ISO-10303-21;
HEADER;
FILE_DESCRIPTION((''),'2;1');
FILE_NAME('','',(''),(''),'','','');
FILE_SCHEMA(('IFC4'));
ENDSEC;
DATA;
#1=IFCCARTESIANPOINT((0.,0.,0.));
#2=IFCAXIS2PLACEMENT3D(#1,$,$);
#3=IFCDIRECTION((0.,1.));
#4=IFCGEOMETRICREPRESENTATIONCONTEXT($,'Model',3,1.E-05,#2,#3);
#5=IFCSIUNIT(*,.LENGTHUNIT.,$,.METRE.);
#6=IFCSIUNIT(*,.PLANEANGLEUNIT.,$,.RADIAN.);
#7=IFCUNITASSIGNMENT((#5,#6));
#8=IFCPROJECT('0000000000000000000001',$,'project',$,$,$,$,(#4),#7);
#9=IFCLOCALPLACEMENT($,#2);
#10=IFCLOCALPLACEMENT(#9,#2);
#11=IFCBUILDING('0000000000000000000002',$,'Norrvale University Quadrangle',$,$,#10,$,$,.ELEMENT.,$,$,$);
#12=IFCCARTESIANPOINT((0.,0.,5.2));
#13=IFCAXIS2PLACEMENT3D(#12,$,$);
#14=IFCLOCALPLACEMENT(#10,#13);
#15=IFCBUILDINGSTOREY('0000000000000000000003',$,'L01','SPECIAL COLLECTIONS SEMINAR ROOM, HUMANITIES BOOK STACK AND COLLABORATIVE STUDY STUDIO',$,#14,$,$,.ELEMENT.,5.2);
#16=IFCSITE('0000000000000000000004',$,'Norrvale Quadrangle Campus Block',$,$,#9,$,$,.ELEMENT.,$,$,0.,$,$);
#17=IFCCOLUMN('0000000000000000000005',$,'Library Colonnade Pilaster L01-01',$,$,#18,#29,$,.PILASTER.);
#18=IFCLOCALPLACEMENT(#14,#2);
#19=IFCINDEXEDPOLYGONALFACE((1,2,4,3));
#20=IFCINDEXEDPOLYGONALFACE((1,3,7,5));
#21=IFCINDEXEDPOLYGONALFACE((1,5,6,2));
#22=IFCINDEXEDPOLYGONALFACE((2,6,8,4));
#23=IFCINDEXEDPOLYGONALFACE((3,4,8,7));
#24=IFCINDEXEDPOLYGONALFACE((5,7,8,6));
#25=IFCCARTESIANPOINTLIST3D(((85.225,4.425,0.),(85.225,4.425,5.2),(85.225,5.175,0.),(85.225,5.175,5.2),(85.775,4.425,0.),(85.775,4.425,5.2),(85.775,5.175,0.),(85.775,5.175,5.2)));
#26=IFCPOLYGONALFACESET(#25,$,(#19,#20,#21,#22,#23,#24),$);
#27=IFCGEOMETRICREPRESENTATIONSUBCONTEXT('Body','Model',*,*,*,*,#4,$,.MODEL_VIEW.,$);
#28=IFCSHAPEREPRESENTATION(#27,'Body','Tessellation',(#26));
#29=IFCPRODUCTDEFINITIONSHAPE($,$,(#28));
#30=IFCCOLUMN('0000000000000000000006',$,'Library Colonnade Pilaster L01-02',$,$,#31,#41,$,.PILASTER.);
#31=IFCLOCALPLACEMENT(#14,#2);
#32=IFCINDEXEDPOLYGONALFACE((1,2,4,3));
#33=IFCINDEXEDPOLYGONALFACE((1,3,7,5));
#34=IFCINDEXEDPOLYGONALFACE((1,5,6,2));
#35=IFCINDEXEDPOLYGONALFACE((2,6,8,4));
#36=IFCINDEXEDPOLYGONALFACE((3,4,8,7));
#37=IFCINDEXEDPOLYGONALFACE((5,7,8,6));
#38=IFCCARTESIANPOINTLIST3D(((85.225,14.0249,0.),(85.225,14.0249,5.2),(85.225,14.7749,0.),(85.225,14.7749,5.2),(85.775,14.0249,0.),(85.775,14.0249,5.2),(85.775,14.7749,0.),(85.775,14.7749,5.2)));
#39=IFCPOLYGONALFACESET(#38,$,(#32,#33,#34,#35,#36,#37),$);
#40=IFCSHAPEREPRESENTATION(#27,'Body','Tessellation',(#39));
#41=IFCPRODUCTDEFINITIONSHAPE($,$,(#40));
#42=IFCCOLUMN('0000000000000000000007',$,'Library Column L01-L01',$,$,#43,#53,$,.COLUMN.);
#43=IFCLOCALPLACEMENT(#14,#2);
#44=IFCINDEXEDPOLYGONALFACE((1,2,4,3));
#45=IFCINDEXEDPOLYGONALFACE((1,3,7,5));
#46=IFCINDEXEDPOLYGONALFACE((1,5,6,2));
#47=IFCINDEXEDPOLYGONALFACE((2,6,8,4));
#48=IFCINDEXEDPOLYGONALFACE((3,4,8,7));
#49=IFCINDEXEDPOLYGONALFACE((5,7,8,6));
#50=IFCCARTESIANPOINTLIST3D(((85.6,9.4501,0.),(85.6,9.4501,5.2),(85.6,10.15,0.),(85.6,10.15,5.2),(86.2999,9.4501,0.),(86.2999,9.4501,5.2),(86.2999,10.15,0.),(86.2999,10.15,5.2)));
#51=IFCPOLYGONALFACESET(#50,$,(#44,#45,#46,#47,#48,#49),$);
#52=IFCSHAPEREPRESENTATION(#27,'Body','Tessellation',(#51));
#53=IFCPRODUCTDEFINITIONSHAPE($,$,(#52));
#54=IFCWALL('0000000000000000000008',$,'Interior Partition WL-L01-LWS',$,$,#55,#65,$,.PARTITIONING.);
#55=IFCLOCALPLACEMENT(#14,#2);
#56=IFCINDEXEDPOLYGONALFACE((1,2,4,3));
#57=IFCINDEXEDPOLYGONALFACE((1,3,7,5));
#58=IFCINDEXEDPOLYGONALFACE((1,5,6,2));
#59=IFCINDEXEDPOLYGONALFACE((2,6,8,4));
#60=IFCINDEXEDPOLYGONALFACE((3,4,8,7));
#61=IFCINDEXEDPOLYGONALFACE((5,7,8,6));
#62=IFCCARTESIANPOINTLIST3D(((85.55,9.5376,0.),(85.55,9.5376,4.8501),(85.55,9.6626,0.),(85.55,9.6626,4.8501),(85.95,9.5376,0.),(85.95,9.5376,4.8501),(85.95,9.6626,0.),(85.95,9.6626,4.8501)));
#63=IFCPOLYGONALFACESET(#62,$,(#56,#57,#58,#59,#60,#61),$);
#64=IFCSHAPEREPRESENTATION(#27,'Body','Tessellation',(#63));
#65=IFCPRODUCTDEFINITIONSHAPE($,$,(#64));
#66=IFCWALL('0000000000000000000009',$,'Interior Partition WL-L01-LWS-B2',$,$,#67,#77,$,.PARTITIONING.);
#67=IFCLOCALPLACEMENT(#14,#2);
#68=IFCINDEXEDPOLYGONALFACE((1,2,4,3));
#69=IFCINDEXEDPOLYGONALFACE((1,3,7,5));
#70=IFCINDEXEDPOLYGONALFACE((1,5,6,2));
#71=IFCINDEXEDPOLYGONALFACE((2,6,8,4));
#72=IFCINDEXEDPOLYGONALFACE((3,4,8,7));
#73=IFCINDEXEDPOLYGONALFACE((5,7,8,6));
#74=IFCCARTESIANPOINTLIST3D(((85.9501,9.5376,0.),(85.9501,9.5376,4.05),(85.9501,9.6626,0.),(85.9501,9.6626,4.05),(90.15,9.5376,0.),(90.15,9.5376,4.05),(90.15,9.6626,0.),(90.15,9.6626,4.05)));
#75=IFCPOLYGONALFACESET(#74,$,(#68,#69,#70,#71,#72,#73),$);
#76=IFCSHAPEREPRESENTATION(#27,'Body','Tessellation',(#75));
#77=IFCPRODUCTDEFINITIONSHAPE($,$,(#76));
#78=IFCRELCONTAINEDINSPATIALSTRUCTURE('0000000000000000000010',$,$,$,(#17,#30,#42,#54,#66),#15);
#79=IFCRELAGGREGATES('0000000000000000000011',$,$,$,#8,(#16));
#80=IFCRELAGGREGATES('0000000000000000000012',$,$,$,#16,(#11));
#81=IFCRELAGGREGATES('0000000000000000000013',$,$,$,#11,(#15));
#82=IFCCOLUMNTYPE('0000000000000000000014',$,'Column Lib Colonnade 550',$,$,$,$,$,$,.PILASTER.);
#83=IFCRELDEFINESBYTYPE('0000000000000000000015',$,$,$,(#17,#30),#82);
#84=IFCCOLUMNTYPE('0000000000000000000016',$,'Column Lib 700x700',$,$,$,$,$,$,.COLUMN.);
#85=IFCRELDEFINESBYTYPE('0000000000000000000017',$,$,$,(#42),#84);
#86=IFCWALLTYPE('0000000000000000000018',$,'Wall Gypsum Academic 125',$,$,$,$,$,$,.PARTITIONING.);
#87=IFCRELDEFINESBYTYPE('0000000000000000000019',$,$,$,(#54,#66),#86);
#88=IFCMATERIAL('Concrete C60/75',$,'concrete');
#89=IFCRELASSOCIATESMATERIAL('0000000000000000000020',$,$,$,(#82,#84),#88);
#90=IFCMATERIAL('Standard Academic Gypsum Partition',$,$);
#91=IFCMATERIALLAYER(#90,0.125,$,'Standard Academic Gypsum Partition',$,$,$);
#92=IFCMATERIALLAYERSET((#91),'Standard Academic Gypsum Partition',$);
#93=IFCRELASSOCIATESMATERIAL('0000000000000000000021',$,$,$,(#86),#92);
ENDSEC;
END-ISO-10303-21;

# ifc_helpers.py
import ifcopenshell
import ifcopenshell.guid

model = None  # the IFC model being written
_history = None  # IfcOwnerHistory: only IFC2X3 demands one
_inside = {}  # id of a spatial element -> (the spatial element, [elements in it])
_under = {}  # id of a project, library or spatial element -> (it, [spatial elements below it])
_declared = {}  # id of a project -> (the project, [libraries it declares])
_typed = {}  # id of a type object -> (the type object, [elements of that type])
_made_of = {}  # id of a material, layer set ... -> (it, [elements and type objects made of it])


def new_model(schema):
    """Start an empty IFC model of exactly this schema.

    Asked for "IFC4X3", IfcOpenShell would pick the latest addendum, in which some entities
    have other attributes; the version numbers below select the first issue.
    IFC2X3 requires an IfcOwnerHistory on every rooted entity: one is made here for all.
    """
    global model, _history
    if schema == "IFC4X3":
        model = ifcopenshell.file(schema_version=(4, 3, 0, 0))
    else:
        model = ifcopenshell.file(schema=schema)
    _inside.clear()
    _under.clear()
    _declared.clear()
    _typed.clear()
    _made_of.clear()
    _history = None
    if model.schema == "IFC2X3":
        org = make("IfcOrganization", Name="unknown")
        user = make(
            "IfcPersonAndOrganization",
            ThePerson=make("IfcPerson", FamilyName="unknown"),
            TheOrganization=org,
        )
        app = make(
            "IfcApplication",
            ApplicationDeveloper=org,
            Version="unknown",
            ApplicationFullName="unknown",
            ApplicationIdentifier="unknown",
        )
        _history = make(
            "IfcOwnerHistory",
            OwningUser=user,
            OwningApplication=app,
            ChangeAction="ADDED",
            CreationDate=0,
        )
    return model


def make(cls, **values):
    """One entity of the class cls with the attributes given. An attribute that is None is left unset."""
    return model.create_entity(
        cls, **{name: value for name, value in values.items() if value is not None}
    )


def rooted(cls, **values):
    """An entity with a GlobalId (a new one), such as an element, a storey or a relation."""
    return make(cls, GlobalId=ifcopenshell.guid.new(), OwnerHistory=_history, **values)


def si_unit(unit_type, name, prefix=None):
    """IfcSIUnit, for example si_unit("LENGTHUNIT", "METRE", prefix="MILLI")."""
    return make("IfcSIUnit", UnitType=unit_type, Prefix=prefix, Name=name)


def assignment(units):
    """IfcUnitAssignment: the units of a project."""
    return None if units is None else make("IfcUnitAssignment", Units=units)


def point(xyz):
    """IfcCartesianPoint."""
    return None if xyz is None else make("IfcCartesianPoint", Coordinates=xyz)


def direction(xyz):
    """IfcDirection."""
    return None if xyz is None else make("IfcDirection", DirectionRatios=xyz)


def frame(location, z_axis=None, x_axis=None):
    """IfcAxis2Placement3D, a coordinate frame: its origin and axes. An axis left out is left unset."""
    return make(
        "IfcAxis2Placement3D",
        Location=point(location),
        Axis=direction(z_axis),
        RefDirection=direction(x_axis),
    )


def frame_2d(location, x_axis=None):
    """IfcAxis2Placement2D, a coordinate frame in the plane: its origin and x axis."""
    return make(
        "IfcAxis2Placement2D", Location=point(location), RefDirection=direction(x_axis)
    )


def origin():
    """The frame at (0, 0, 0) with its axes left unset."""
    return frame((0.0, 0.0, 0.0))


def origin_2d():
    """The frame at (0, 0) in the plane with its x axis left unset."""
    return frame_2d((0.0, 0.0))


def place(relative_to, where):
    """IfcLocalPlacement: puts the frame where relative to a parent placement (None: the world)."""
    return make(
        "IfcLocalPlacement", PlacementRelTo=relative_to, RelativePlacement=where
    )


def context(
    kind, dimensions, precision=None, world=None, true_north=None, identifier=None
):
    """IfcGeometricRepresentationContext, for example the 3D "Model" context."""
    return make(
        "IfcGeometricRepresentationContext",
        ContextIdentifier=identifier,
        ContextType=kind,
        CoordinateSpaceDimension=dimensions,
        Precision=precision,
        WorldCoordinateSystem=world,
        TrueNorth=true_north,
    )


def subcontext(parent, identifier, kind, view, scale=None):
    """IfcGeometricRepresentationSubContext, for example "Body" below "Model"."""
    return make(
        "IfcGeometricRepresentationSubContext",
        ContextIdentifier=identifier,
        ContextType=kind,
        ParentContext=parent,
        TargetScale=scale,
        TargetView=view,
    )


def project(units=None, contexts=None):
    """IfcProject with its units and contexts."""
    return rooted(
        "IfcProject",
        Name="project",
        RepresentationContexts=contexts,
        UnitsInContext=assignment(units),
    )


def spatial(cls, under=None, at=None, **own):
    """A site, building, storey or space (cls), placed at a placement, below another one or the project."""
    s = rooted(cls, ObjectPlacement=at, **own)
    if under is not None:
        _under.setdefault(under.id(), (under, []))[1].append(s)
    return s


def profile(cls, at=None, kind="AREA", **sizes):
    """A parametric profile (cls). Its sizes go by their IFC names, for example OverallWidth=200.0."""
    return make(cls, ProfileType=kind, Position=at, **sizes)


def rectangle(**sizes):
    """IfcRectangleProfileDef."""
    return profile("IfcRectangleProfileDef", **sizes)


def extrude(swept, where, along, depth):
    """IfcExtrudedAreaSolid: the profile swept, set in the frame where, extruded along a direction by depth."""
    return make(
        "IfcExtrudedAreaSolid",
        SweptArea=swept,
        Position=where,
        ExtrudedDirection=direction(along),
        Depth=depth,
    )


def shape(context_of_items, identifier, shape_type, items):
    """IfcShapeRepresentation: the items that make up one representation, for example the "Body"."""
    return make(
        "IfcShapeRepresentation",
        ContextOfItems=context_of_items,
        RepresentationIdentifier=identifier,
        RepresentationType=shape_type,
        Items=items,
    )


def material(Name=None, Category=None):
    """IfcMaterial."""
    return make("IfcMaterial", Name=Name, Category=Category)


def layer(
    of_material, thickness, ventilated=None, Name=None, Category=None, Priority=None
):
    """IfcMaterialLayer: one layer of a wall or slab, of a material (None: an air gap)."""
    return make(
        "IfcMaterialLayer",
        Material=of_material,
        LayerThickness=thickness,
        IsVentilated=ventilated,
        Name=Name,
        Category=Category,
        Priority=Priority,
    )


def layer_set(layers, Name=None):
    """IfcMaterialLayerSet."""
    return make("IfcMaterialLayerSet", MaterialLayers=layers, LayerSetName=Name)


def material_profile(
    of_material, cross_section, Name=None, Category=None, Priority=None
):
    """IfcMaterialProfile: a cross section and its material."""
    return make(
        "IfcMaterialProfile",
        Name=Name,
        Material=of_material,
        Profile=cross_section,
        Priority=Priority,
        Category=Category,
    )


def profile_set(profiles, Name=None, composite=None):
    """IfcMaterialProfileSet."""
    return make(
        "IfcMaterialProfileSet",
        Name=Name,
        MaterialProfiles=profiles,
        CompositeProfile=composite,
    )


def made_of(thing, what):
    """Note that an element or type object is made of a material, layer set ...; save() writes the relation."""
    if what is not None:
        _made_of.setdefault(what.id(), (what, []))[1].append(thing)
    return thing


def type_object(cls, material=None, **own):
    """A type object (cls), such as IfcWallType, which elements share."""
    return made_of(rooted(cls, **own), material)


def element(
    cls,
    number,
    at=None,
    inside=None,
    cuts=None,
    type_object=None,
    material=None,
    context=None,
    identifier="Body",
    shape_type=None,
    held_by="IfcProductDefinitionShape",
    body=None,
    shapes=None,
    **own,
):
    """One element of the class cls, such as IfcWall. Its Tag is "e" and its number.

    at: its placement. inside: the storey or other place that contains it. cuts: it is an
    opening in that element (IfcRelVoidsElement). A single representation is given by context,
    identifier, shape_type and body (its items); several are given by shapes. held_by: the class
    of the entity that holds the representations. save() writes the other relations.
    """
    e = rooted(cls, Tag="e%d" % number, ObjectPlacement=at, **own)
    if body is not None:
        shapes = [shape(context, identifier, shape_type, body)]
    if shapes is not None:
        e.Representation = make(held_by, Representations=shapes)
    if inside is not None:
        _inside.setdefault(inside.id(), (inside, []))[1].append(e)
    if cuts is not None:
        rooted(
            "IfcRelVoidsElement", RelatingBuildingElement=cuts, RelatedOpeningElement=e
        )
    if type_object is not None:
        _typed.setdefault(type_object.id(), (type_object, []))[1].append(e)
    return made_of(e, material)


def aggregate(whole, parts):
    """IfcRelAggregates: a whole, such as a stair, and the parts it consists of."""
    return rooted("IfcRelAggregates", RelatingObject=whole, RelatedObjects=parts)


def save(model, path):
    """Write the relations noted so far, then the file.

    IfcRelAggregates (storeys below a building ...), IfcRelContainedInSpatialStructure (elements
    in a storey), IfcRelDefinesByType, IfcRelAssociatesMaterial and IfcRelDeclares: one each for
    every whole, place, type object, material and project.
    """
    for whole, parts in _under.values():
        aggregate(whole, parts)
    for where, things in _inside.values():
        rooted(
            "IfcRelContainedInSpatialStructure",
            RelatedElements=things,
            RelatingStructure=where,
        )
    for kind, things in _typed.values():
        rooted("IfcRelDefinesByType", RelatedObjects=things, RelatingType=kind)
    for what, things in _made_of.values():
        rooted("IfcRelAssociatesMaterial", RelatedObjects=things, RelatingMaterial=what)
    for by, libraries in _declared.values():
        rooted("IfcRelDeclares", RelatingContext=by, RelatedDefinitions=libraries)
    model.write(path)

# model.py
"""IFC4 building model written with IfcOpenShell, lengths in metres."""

from ifc_helpers import new_model, si_unit, direction, frame, frame_2d, origin, origin_2d, place, context, subcontext, project, spatial, rectangle, extrude, material, layer, layer_set, material_profile, profile_set, type_object, element, save


model = new_model("IFC4")

# Units and contexts
model_context = context("Model", 3, precision=1e-05, world=origin(), true_north=direction((0.0, 1.0)))
body_context = subcontext(model_context, "Body", "Model", "MODEL_VIEW")
ifc_project = project(units=[si_unit("LENGTHUNIT", "METRE"), si_unit("PLANEANGLEUNIT", "RADIAN")], contexts=[model_context])

# Site, building, storey
site_placement = place(None, origin())
site = spatial("IfcSite", under=ifc_project, at=site_placement, Name="Norrvale Quadrangle Campus Block", CompositionType="ELEMENT", RefElevation=0.0)
building_placement = place(site_placement, origin())
building = spatial("IfcBuilding", under=site, at=building_placement, Name="Norrvale University Quadrangle", CompositionType="ELEMENT")
storey_placement = place(building_placement, frame((0.0, 0.0, 5.2)))
storey = spatial("IfcBuildingStorey", under=building, at=storey_placement, Name="L01", Description="SPECIAL COLLECTIONS SEMINAR ROOM, HUMANITIES BOOK STACK AND COLLABORATIVE STUDY STUDIO", CompositionType="ELEMENT", Elevation=5.2)

# Columns
ifc_material_1 = material(Name="Concrete C60/75", Category="concrete")
ifc_material_profile_1 = material_profile(ifc_material_1, rectangle(XDim=0.55, YDim=0.75, at=origin_2d()), Name="Concrete C60/75")
ifc_profile_set_1 = profile_set([ifc_material_profile_1], Name="Concrete C60/75")
column_type_1 = type_object("IfcColumnType", Name="Column Lib Colonnade 550", PredefinedType="PILASTER", material=ifc_profile_set_1)
for number, where, z_axis, x_axis, name in (
    (1, (85.5, 4.8, 0.0), (0.0, 0.0, 1.0), (1.0, 0.0, 0.0), "Library Colonnade Pilaster L01-01"),
    (2, (85.5, 14.3999, 0.0), (0.0, 0.0, 1.0), (1.0, 0.0, 0.0), "Library Colonnade Pilaster L01-02"),
):
    element("IfcColumn", number, at=place(storey_placement, frame(where, z_axis=z_axis, x_axis=x_axis)), inside=storey, type_object=column_type_1, Name=name, PredefinedType="PILASTER", context=body_context, shape_type="SweptSolid", body=[
        extrude(rectangle(XDim=0.55, YDim=0.75, at=origin_2d()), origin(), (0.0, 0.0, 1.0), 5.2),
    ])
ifc_material_profile_2 = material_profile(ifc_material_1, rectangle(XDim=0.7, YDim=0.7, at=origin_2d()), Name="Concrete C60/75")
ifc_profile_set_2 = profile_set([ifc_material_profile_2], Name="Concrete C60/75")
column_type_2 = type_object("IfcColumnType", Name="Column Lib 700x700", PredefinedType="COLUMN", material=ifc_profile_set_2)
column_placement = place(storey_placement, frame((85.95, 9.8, 0.0), z_axis=(0.0, 0.0, 1.0), x_axis=(1.0, 0.0, 0.0)))
element("IfcColumn", 3, at=column_placement, inside=storey, type_object=column_type_2, Name="Library Column L01-L01", PredefinedType="COLUMN", context=body_context, shape_type="SweptSolid", body=[
    extrude(rectangle(XDim=0.7, YDim=0.7, at=origin_2d()), origin(), (0.0, 0.0, 1.0), 5.2),
])

# Walls
ifc_material_2 = material(Name="Standard Academic Gypsum Partition")
ifc_layer_1 = layer(ifc_material_2, 0.125, Name="Standard Academic Gypsum Partition")
ifc_layer_set_1 = layer_set([ifc_layer_1], Name="Standard Academic Gypsum Partition")
wall_type = type_object("IfcWallType", Name="Wall Gypsum Academic 125", PredefinedType="PARTITIONING", material=ifc_layer_set_1)
wall_1_placement = place(storey_placement, frame((85.55, 9.6001, 0.0), z_axis=(0.0, 0.0, 1.0), x_axis=(1.0, 0.0, 0.0)))
element("IfcWall", 4, at=wall_1_placement, inside=storey, type_object=wall_type, Name="Interior Partition WL-L01-LWS", PredefinedType="PARTITIONING", context=body_context, shape_type="SweptSolid", body=[
    extrude(rectangle(XDim=0.3999, YDim=0.125, at=frame_2d((0.2, 0.0))), origin(), (0.0, 0.0, 1.0), 4.8501),
])
wall_2_placement = place(storey_placement, frame((85.95, 9.6001, 0.0), z_axis=(0.0, 0.0, 1.0), x_axis=(1.0, 0.0, 0.0)))
element("IfcWall", 5, at=wall_2_placement, inside=storey, type_object=wall_type, Name="Interior Partition WL-L01-LWS-B2", PredefinedType="PARTITIONING", context=body_context, shape_type="SweptSolid", body=[
    extrude(rectangle(XDim=4.2, YDim=0.125, at=frame_2d((2.1001, 0.0))), origin(), (0.0, 0.0, 1.0), 4.05),
])

save(model, "model.ifc")
